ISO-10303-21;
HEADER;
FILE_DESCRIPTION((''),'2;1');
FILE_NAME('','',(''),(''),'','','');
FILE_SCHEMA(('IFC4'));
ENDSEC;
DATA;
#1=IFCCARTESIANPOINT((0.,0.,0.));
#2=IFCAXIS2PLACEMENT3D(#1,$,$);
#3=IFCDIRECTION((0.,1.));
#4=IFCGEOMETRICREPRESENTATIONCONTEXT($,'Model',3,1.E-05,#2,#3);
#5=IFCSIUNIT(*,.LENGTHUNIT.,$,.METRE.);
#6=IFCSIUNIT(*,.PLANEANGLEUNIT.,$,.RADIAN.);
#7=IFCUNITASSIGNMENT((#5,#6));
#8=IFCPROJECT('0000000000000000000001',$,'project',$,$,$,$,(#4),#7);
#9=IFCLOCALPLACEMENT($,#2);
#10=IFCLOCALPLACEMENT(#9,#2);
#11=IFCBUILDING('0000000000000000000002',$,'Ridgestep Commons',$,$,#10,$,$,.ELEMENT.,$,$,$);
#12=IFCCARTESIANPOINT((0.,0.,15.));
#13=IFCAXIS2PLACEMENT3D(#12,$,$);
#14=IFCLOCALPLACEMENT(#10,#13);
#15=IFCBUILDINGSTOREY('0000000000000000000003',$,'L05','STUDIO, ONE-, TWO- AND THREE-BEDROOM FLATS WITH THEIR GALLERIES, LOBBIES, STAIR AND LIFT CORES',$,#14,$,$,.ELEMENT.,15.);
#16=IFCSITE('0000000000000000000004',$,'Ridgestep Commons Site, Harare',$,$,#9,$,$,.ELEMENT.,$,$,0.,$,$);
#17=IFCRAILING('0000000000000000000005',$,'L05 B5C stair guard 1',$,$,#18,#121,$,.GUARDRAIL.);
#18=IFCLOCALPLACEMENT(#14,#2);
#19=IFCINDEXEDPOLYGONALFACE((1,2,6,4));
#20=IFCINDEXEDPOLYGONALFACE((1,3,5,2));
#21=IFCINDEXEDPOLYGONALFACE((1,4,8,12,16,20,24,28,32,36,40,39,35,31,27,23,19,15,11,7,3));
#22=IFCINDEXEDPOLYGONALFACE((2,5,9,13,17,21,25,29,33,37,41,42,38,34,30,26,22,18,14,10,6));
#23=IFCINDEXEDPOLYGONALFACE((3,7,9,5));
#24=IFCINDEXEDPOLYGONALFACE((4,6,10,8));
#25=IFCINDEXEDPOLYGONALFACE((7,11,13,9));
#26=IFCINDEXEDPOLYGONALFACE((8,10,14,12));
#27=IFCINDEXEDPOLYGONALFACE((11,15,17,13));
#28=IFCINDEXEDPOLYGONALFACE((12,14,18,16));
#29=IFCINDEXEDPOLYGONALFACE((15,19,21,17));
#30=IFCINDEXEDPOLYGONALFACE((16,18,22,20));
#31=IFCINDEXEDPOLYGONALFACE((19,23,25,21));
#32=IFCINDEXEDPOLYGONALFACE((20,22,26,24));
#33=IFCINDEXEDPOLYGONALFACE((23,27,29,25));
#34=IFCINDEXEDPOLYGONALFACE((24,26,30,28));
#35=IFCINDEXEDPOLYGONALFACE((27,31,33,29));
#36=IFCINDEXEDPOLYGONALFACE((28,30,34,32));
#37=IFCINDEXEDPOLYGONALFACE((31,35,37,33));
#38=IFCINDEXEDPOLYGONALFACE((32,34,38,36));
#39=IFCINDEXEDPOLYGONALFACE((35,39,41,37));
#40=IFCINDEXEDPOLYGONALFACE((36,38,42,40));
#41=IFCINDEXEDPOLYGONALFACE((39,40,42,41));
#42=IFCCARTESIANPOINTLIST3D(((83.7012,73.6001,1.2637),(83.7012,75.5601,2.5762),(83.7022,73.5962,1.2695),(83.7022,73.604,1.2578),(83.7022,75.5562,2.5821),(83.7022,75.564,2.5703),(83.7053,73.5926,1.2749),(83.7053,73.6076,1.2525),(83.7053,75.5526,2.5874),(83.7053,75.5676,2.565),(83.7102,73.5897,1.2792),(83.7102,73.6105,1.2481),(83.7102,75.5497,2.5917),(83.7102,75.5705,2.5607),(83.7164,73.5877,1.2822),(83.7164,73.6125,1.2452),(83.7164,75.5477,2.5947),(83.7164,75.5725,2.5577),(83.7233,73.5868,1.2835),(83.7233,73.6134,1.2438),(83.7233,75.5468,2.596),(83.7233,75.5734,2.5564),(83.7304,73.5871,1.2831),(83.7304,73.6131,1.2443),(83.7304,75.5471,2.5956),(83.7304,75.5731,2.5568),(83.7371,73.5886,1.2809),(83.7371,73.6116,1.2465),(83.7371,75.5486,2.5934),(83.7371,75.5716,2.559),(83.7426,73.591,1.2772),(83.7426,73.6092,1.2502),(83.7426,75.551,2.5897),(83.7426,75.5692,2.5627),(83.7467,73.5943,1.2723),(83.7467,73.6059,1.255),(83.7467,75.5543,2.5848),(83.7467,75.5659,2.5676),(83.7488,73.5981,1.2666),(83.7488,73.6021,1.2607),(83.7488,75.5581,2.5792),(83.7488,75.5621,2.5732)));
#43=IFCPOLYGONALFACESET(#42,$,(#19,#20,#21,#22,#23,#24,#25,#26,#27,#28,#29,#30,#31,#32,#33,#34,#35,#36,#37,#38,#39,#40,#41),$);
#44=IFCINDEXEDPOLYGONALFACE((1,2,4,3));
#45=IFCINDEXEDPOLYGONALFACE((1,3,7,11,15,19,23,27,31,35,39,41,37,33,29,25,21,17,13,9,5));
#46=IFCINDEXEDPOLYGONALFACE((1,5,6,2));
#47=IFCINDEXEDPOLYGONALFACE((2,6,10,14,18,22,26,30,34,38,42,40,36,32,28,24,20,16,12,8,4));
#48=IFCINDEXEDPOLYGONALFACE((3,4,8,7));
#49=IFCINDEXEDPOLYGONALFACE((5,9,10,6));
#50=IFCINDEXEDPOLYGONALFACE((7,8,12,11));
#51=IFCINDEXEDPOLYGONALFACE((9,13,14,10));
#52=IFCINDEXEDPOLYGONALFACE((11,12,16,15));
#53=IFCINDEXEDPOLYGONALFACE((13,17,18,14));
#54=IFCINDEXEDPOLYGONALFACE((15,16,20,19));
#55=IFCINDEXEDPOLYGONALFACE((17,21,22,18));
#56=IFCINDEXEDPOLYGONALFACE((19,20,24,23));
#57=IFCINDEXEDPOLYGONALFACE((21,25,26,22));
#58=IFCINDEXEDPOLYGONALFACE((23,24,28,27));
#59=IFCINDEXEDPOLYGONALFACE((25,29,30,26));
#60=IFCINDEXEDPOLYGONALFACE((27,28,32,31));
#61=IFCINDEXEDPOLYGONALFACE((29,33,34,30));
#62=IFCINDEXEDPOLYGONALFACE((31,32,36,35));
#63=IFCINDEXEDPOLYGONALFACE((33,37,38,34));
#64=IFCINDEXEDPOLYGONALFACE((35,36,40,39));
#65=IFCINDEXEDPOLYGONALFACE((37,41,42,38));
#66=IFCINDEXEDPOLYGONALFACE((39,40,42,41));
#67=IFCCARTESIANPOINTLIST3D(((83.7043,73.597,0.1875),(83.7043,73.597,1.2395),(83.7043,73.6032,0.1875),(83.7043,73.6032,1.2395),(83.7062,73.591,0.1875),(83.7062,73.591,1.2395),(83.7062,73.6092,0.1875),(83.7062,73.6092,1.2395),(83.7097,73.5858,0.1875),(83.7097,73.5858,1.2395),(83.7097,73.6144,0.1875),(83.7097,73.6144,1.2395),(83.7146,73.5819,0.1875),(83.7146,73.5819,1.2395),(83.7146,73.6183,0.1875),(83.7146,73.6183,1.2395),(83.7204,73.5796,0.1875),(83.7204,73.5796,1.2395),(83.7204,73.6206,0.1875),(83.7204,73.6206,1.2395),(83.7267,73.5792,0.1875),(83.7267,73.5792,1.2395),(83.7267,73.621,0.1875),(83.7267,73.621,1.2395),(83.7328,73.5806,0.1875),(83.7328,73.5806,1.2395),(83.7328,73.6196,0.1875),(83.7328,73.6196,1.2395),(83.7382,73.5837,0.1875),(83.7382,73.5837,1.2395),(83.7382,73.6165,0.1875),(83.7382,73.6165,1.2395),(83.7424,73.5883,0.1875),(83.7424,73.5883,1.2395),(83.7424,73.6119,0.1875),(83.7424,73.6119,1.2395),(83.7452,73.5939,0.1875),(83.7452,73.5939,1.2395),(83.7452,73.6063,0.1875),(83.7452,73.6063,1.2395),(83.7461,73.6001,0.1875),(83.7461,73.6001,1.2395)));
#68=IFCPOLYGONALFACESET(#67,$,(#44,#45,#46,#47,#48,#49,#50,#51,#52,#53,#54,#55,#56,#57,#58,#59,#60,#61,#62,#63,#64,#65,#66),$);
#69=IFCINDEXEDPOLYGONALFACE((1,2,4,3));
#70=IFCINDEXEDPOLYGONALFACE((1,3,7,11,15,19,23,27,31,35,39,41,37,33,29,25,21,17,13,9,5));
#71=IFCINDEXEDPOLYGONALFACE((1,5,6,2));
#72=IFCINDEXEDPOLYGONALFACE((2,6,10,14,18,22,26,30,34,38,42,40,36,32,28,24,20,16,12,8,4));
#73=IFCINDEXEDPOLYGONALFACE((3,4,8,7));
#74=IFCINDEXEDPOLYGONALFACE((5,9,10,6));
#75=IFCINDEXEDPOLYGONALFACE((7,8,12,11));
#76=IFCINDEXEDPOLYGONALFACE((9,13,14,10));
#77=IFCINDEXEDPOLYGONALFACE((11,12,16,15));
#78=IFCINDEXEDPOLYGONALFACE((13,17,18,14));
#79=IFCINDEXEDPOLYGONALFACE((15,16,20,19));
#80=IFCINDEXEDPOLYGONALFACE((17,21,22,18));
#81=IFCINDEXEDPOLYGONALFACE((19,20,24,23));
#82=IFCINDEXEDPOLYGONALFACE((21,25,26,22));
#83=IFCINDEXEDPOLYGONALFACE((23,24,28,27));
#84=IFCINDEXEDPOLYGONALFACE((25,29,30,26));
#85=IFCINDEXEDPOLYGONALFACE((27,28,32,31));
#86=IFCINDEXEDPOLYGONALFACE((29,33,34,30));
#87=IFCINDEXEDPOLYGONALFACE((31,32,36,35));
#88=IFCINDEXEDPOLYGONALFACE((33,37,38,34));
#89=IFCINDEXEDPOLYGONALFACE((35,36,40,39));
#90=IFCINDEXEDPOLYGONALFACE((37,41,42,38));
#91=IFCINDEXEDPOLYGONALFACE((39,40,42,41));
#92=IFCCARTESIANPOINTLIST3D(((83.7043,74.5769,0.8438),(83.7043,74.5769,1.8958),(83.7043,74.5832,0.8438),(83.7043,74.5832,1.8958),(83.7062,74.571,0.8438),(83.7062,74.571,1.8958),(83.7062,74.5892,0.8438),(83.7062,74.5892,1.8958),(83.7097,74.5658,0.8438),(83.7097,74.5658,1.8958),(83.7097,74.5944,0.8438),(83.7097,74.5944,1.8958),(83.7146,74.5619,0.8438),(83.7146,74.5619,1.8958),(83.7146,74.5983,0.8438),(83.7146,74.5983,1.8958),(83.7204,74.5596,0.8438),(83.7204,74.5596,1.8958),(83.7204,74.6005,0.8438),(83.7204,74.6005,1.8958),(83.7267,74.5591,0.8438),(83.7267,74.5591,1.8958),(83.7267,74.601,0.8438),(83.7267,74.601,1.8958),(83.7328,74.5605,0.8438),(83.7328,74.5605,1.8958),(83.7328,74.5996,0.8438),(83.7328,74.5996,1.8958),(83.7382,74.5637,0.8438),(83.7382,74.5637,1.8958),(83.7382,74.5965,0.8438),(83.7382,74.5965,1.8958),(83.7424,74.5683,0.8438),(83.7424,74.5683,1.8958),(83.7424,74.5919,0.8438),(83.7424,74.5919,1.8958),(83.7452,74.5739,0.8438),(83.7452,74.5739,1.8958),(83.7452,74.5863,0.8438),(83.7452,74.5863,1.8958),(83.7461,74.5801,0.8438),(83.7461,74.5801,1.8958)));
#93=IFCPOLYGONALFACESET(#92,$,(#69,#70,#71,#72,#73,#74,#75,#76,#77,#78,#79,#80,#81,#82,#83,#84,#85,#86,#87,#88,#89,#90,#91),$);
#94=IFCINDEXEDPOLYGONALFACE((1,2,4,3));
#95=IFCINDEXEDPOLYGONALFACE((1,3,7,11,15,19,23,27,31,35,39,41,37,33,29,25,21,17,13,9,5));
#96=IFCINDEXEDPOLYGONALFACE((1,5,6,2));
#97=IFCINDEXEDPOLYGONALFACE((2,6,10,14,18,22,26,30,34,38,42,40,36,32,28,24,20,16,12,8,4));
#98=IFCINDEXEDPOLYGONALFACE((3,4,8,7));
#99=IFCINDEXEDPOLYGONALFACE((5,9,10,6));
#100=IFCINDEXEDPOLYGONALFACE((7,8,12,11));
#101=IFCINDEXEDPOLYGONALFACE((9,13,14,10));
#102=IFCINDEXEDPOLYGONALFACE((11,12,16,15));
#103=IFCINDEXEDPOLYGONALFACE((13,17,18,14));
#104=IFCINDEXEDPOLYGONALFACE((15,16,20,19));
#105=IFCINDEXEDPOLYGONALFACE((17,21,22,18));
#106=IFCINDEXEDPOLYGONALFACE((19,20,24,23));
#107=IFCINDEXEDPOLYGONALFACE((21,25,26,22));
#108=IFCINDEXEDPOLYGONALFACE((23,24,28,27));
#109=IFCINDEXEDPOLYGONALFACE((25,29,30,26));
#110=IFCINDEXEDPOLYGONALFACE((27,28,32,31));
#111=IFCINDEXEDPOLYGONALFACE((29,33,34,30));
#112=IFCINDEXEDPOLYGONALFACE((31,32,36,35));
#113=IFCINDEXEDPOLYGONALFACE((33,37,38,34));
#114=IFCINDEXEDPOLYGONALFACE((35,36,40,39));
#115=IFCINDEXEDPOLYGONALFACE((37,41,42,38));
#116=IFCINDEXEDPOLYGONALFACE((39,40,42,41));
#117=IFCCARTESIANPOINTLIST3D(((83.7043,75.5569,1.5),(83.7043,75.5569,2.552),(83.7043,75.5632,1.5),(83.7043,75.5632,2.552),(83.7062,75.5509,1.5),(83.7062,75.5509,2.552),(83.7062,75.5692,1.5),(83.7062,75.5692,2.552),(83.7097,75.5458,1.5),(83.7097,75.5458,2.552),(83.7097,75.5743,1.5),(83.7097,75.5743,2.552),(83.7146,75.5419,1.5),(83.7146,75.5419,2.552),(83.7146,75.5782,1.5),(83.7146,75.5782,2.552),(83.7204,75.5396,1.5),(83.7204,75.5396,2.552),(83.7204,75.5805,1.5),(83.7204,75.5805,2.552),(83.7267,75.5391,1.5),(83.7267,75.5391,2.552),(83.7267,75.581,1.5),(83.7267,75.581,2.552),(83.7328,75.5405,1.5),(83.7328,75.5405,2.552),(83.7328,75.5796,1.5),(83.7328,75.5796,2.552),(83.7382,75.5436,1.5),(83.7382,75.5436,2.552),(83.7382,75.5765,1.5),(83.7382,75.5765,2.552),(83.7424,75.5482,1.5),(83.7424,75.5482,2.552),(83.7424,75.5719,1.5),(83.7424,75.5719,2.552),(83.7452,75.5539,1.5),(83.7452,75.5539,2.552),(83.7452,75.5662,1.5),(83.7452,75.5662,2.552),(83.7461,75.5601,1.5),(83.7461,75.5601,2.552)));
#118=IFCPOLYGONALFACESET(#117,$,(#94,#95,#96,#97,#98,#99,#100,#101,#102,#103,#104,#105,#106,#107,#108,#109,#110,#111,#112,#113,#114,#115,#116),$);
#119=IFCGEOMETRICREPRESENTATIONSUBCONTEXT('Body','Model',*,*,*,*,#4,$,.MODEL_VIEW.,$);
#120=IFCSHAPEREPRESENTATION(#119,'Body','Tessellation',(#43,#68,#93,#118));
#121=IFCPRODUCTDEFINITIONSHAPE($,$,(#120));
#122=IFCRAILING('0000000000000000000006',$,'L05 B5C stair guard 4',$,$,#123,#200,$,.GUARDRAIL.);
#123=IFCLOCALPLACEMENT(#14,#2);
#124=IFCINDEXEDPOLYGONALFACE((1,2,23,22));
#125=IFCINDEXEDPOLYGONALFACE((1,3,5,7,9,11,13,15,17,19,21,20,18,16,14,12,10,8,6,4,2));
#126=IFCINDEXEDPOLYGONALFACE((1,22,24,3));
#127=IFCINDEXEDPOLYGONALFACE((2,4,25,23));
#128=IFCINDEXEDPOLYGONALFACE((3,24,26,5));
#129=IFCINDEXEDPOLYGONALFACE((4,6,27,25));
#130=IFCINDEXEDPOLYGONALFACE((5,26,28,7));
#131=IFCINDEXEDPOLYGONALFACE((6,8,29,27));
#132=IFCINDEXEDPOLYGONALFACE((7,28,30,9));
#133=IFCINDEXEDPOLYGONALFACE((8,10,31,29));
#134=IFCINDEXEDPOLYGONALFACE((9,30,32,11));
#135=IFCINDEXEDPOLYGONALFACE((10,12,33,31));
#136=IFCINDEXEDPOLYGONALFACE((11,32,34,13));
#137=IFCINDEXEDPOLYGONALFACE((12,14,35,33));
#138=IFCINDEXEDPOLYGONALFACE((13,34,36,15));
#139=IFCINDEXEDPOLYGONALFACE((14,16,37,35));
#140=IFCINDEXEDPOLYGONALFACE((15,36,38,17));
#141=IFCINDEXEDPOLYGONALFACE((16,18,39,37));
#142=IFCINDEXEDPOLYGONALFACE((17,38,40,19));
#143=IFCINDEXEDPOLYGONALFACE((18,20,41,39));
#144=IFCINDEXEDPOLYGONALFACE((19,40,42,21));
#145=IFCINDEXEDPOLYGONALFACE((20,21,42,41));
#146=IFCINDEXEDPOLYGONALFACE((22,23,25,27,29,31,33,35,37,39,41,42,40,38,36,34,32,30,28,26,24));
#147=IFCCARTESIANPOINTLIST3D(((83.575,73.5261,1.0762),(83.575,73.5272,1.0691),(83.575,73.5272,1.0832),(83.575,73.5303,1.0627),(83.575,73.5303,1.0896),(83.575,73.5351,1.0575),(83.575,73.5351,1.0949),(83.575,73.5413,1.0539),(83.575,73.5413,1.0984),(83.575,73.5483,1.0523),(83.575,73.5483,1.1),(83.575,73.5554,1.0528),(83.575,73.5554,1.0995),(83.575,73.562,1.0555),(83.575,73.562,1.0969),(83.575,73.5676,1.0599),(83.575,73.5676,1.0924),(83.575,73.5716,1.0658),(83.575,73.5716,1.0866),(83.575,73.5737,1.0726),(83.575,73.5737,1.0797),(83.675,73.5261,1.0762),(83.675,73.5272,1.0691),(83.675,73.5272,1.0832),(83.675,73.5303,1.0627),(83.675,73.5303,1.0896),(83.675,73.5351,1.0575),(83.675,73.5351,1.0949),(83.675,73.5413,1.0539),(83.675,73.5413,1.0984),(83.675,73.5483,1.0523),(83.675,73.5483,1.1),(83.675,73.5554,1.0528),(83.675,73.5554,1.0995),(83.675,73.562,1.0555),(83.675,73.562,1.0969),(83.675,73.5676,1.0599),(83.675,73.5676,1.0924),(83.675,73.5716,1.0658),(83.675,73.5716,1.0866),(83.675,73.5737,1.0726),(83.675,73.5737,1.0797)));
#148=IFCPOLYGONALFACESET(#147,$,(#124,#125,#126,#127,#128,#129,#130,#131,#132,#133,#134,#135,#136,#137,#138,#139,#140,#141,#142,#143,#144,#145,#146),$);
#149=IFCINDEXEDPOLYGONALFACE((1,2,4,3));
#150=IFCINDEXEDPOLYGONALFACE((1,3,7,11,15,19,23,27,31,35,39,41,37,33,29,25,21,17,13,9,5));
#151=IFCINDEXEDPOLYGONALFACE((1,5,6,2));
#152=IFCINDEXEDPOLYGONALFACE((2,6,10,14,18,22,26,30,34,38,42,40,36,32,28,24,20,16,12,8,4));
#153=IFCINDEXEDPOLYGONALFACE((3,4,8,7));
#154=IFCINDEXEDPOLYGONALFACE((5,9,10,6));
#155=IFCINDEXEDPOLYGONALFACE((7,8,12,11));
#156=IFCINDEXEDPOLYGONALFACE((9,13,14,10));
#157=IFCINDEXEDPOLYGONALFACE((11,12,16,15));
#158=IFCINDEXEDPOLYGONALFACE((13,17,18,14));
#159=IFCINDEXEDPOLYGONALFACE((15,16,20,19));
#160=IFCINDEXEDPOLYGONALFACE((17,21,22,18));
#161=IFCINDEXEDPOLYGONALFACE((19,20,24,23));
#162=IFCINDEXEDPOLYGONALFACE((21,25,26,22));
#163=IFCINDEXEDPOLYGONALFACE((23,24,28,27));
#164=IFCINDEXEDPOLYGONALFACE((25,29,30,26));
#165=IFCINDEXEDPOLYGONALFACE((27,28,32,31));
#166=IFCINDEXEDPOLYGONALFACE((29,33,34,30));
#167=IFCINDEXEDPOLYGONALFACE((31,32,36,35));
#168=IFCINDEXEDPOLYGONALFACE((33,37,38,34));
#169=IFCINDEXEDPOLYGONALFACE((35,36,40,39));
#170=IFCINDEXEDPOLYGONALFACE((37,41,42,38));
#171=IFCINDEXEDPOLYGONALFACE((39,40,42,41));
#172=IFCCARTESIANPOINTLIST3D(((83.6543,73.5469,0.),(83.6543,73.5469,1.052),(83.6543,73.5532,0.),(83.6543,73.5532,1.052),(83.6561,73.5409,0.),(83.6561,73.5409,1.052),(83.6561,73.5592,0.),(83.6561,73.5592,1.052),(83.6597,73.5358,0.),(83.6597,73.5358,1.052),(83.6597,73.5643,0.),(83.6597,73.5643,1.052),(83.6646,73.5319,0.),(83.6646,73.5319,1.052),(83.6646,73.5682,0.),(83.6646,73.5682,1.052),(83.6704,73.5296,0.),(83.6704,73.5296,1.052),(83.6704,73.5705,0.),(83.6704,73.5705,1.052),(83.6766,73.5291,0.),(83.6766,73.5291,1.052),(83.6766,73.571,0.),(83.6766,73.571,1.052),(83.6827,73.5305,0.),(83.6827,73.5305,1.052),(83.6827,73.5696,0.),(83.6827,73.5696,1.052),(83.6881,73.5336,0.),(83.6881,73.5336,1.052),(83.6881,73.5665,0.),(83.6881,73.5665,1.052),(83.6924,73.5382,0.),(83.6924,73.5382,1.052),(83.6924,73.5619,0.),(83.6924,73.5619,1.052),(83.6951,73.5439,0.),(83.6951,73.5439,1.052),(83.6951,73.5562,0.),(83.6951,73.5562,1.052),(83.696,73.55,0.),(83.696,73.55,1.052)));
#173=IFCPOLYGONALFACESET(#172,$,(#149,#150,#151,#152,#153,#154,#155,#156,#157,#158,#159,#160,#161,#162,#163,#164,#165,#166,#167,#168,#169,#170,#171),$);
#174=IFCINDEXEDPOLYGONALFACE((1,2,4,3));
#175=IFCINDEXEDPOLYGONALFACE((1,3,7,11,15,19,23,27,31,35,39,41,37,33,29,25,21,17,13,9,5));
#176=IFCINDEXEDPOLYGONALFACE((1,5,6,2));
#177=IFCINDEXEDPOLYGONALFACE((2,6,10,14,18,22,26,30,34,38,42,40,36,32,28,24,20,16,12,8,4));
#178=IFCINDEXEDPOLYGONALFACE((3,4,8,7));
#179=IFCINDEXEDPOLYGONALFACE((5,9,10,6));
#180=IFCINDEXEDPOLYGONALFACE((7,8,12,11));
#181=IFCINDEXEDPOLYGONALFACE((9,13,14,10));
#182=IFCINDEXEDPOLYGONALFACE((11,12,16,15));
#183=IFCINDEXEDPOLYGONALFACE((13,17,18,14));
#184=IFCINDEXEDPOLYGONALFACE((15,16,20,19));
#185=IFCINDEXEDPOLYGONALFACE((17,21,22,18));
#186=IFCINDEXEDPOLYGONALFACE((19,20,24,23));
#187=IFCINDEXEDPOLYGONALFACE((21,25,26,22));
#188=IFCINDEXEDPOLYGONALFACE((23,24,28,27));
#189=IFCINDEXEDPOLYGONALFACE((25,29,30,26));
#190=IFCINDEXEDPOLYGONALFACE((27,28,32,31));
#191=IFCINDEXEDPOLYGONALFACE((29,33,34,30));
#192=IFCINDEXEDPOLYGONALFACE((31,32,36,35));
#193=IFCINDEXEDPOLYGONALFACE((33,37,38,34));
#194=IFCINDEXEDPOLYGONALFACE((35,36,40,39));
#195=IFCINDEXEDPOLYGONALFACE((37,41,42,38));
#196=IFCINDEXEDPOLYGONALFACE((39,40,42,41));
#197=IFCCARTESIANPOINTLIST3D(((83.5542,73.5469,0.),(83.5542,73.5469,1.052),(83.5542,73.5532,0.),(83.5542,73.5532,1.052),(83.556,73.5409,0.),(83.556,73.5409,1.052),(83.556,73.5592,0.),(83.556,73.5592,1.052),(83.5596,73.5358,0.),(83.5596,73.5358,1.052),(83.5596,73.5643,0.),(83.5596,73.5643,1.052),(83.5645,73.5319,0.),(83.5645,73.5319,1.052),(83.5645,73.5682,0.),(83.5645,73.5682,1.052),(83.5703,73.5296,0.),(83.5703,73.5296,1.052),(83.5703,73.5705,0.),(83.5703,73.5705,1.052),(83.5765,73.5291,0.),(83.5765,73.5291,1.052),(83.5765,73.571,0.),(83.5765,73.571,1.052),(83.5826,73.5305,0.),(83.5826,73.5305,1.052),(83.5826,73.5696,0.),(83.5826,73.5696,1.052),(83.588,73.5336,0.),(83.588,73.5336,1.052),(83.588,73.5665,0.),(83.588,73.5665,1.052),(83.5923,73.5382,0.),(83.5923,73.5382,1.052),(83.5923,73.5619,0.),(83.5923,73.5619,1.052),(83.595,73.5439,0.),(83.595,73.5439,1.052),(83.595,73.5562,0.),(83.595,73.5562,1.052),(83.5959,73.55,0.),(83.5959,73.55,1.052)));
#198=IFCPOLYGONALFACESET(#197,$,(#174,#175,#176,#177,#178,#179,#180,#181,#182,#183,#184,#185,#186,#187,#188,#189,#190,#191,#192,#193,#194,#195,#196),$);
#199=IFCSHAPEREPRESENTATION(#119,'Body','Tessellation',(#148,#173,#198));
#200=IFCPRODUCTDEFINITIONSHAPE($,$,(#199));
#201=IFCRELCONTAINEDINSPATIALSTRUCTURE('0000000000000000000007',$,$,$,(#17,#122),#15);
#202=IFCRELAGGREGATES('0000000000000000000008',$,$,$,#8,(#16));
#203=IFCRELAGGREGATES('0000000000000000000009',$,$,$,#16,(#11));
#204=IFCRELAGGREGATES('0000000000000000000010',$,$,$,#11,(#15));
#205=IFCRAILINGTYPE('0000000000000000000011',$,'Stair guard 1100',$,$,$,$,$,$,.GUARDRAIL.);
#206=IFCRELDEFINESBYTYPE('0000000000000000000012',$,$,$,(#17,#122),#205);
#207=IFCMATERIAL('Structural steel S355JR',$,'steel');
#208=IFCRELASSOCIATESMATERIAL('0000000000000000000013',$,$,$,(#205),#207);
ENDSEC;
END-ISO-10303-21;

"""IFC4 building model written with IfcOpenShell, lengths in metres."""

from ifc_helpers import new_model, si_unit, direction, frame, origin, origin_2d, place, context, subcontext, project, spatial, circle, extrude, material, type_object, element, save


model = new_model("IFC4")

# Units and contexts
model_context = context("Model", 3, precision=1e-05, world=origin(), true_north=direction((0.0, 1.0)))
body_context = subcontext(model_context, "Body", "Model", "MODEL_VIEW")
ifc_project = project(units=[si_unit("LENGTHUNIT", "METRE"), si_unit("PLANEANGLEUNIT", "RADIAN")], contexts=[model_context])

# Site, building, storey
site_placement = place(None, origin())
site = spatial("IfcSite", under=ifc_project, at=site_placement, Name="Ridgestep Commons Site, Harare", CompositionType="ELEMENT", RefElevation=0.0)
building_placement = place(site_placement, origin())
building = spatial("IfcBuilding", under=site, at=building_placement, Name="Ridgestep Commons", CompositionType="ELEMENT")
storey_placement = place(building_placement, frame((0.0, 0.0, 15.0)))
storey = spatial("IfcBuildingStorey", under=building, at=storey_placement, Name="L05", Description="STUDIO, ONE-, TWO- AND THREE-BEDROOM FLATS WITH THEIR GALLERIES, LOBBIES, STAIR AND LIFT CORES", CompositionType="ELEMENT", Elevation=15.0)

# Railings
ifc_material_1 = material(Name="Structural steel S355JR", Category="steel")
railing_type_1 = type_object("IfcRailingType", Name="Stair guard 1100", PredefinedType="GUARDRAIL", material=ifc_material_1)
railing_1_placement = place(storey_placement, frame((83.7251, 73.6001, 0.1875)))
element("IfcRailing", 1, at=railing_1_placement, inside=storey, type_object=railing_type_1, Name="L05 B5C stair guard 1", PredefinedType="GUARDRAIL", context=body_context, shape_type="SweptSolid", body=[
    extrude(circle(Radius=0.0239, at=origin_2d()), frame((0.0, 0.0, 1.0762), z_axis=(0.0, 0.830902, 0.556419), x_axis=(-1.0, 0.0, 0.0)), (0.0, 0.0, 1.0), 2.3589),
    extrude(circle(Radius=0.021, at=origin_2d()), origin(), (0.0, 0.0, 1.0), 1.052),
    extrude(circle(Radius=0.021, at=origin_2d()), frame((0.0, 0.98, 0.6562)), (0.0, 0.0, 1.0), 1.052),
    extrude(circle(Radius=0.021, at=origin_2d()), frame((0.0, 1.96, 1.3125)), (0.0, 0.0, 1.0), 1.052),
])
railing_2_placement = place(storey_placement, frame((83.675, 73.55, 0.0)))
element("IfcRailing", 2, at=railing_2_placement, inside=storey, type_object=railing_type_1, Name="L05 B5C stair guard 4", PredefinedType="GUARDRAIL", context=body_context, shape_type="SweptSolid", body=[
    extrude(circle(Radius=0.0239, at=origin_2d()), frame((0.0, 0.0, 1.0762), z_axis=(-1.0, 0.0, 0.0), x_axis=(0.0, -1.0, 0.0)), (0.0, 0.0, 1.0), 0.1001),
    extrude(circle(Radius=0.021, at=origin_2d()), origin(), (0.0, 0.0, 1.0), 1.052),
    extrude(circle(Radius=0.021, at=origin_2d()), frame((-0.1001, 0.0, 0.0)), (0.0, 0.0, 1.0), 1.052),
])

save(model, "model.ifc")
